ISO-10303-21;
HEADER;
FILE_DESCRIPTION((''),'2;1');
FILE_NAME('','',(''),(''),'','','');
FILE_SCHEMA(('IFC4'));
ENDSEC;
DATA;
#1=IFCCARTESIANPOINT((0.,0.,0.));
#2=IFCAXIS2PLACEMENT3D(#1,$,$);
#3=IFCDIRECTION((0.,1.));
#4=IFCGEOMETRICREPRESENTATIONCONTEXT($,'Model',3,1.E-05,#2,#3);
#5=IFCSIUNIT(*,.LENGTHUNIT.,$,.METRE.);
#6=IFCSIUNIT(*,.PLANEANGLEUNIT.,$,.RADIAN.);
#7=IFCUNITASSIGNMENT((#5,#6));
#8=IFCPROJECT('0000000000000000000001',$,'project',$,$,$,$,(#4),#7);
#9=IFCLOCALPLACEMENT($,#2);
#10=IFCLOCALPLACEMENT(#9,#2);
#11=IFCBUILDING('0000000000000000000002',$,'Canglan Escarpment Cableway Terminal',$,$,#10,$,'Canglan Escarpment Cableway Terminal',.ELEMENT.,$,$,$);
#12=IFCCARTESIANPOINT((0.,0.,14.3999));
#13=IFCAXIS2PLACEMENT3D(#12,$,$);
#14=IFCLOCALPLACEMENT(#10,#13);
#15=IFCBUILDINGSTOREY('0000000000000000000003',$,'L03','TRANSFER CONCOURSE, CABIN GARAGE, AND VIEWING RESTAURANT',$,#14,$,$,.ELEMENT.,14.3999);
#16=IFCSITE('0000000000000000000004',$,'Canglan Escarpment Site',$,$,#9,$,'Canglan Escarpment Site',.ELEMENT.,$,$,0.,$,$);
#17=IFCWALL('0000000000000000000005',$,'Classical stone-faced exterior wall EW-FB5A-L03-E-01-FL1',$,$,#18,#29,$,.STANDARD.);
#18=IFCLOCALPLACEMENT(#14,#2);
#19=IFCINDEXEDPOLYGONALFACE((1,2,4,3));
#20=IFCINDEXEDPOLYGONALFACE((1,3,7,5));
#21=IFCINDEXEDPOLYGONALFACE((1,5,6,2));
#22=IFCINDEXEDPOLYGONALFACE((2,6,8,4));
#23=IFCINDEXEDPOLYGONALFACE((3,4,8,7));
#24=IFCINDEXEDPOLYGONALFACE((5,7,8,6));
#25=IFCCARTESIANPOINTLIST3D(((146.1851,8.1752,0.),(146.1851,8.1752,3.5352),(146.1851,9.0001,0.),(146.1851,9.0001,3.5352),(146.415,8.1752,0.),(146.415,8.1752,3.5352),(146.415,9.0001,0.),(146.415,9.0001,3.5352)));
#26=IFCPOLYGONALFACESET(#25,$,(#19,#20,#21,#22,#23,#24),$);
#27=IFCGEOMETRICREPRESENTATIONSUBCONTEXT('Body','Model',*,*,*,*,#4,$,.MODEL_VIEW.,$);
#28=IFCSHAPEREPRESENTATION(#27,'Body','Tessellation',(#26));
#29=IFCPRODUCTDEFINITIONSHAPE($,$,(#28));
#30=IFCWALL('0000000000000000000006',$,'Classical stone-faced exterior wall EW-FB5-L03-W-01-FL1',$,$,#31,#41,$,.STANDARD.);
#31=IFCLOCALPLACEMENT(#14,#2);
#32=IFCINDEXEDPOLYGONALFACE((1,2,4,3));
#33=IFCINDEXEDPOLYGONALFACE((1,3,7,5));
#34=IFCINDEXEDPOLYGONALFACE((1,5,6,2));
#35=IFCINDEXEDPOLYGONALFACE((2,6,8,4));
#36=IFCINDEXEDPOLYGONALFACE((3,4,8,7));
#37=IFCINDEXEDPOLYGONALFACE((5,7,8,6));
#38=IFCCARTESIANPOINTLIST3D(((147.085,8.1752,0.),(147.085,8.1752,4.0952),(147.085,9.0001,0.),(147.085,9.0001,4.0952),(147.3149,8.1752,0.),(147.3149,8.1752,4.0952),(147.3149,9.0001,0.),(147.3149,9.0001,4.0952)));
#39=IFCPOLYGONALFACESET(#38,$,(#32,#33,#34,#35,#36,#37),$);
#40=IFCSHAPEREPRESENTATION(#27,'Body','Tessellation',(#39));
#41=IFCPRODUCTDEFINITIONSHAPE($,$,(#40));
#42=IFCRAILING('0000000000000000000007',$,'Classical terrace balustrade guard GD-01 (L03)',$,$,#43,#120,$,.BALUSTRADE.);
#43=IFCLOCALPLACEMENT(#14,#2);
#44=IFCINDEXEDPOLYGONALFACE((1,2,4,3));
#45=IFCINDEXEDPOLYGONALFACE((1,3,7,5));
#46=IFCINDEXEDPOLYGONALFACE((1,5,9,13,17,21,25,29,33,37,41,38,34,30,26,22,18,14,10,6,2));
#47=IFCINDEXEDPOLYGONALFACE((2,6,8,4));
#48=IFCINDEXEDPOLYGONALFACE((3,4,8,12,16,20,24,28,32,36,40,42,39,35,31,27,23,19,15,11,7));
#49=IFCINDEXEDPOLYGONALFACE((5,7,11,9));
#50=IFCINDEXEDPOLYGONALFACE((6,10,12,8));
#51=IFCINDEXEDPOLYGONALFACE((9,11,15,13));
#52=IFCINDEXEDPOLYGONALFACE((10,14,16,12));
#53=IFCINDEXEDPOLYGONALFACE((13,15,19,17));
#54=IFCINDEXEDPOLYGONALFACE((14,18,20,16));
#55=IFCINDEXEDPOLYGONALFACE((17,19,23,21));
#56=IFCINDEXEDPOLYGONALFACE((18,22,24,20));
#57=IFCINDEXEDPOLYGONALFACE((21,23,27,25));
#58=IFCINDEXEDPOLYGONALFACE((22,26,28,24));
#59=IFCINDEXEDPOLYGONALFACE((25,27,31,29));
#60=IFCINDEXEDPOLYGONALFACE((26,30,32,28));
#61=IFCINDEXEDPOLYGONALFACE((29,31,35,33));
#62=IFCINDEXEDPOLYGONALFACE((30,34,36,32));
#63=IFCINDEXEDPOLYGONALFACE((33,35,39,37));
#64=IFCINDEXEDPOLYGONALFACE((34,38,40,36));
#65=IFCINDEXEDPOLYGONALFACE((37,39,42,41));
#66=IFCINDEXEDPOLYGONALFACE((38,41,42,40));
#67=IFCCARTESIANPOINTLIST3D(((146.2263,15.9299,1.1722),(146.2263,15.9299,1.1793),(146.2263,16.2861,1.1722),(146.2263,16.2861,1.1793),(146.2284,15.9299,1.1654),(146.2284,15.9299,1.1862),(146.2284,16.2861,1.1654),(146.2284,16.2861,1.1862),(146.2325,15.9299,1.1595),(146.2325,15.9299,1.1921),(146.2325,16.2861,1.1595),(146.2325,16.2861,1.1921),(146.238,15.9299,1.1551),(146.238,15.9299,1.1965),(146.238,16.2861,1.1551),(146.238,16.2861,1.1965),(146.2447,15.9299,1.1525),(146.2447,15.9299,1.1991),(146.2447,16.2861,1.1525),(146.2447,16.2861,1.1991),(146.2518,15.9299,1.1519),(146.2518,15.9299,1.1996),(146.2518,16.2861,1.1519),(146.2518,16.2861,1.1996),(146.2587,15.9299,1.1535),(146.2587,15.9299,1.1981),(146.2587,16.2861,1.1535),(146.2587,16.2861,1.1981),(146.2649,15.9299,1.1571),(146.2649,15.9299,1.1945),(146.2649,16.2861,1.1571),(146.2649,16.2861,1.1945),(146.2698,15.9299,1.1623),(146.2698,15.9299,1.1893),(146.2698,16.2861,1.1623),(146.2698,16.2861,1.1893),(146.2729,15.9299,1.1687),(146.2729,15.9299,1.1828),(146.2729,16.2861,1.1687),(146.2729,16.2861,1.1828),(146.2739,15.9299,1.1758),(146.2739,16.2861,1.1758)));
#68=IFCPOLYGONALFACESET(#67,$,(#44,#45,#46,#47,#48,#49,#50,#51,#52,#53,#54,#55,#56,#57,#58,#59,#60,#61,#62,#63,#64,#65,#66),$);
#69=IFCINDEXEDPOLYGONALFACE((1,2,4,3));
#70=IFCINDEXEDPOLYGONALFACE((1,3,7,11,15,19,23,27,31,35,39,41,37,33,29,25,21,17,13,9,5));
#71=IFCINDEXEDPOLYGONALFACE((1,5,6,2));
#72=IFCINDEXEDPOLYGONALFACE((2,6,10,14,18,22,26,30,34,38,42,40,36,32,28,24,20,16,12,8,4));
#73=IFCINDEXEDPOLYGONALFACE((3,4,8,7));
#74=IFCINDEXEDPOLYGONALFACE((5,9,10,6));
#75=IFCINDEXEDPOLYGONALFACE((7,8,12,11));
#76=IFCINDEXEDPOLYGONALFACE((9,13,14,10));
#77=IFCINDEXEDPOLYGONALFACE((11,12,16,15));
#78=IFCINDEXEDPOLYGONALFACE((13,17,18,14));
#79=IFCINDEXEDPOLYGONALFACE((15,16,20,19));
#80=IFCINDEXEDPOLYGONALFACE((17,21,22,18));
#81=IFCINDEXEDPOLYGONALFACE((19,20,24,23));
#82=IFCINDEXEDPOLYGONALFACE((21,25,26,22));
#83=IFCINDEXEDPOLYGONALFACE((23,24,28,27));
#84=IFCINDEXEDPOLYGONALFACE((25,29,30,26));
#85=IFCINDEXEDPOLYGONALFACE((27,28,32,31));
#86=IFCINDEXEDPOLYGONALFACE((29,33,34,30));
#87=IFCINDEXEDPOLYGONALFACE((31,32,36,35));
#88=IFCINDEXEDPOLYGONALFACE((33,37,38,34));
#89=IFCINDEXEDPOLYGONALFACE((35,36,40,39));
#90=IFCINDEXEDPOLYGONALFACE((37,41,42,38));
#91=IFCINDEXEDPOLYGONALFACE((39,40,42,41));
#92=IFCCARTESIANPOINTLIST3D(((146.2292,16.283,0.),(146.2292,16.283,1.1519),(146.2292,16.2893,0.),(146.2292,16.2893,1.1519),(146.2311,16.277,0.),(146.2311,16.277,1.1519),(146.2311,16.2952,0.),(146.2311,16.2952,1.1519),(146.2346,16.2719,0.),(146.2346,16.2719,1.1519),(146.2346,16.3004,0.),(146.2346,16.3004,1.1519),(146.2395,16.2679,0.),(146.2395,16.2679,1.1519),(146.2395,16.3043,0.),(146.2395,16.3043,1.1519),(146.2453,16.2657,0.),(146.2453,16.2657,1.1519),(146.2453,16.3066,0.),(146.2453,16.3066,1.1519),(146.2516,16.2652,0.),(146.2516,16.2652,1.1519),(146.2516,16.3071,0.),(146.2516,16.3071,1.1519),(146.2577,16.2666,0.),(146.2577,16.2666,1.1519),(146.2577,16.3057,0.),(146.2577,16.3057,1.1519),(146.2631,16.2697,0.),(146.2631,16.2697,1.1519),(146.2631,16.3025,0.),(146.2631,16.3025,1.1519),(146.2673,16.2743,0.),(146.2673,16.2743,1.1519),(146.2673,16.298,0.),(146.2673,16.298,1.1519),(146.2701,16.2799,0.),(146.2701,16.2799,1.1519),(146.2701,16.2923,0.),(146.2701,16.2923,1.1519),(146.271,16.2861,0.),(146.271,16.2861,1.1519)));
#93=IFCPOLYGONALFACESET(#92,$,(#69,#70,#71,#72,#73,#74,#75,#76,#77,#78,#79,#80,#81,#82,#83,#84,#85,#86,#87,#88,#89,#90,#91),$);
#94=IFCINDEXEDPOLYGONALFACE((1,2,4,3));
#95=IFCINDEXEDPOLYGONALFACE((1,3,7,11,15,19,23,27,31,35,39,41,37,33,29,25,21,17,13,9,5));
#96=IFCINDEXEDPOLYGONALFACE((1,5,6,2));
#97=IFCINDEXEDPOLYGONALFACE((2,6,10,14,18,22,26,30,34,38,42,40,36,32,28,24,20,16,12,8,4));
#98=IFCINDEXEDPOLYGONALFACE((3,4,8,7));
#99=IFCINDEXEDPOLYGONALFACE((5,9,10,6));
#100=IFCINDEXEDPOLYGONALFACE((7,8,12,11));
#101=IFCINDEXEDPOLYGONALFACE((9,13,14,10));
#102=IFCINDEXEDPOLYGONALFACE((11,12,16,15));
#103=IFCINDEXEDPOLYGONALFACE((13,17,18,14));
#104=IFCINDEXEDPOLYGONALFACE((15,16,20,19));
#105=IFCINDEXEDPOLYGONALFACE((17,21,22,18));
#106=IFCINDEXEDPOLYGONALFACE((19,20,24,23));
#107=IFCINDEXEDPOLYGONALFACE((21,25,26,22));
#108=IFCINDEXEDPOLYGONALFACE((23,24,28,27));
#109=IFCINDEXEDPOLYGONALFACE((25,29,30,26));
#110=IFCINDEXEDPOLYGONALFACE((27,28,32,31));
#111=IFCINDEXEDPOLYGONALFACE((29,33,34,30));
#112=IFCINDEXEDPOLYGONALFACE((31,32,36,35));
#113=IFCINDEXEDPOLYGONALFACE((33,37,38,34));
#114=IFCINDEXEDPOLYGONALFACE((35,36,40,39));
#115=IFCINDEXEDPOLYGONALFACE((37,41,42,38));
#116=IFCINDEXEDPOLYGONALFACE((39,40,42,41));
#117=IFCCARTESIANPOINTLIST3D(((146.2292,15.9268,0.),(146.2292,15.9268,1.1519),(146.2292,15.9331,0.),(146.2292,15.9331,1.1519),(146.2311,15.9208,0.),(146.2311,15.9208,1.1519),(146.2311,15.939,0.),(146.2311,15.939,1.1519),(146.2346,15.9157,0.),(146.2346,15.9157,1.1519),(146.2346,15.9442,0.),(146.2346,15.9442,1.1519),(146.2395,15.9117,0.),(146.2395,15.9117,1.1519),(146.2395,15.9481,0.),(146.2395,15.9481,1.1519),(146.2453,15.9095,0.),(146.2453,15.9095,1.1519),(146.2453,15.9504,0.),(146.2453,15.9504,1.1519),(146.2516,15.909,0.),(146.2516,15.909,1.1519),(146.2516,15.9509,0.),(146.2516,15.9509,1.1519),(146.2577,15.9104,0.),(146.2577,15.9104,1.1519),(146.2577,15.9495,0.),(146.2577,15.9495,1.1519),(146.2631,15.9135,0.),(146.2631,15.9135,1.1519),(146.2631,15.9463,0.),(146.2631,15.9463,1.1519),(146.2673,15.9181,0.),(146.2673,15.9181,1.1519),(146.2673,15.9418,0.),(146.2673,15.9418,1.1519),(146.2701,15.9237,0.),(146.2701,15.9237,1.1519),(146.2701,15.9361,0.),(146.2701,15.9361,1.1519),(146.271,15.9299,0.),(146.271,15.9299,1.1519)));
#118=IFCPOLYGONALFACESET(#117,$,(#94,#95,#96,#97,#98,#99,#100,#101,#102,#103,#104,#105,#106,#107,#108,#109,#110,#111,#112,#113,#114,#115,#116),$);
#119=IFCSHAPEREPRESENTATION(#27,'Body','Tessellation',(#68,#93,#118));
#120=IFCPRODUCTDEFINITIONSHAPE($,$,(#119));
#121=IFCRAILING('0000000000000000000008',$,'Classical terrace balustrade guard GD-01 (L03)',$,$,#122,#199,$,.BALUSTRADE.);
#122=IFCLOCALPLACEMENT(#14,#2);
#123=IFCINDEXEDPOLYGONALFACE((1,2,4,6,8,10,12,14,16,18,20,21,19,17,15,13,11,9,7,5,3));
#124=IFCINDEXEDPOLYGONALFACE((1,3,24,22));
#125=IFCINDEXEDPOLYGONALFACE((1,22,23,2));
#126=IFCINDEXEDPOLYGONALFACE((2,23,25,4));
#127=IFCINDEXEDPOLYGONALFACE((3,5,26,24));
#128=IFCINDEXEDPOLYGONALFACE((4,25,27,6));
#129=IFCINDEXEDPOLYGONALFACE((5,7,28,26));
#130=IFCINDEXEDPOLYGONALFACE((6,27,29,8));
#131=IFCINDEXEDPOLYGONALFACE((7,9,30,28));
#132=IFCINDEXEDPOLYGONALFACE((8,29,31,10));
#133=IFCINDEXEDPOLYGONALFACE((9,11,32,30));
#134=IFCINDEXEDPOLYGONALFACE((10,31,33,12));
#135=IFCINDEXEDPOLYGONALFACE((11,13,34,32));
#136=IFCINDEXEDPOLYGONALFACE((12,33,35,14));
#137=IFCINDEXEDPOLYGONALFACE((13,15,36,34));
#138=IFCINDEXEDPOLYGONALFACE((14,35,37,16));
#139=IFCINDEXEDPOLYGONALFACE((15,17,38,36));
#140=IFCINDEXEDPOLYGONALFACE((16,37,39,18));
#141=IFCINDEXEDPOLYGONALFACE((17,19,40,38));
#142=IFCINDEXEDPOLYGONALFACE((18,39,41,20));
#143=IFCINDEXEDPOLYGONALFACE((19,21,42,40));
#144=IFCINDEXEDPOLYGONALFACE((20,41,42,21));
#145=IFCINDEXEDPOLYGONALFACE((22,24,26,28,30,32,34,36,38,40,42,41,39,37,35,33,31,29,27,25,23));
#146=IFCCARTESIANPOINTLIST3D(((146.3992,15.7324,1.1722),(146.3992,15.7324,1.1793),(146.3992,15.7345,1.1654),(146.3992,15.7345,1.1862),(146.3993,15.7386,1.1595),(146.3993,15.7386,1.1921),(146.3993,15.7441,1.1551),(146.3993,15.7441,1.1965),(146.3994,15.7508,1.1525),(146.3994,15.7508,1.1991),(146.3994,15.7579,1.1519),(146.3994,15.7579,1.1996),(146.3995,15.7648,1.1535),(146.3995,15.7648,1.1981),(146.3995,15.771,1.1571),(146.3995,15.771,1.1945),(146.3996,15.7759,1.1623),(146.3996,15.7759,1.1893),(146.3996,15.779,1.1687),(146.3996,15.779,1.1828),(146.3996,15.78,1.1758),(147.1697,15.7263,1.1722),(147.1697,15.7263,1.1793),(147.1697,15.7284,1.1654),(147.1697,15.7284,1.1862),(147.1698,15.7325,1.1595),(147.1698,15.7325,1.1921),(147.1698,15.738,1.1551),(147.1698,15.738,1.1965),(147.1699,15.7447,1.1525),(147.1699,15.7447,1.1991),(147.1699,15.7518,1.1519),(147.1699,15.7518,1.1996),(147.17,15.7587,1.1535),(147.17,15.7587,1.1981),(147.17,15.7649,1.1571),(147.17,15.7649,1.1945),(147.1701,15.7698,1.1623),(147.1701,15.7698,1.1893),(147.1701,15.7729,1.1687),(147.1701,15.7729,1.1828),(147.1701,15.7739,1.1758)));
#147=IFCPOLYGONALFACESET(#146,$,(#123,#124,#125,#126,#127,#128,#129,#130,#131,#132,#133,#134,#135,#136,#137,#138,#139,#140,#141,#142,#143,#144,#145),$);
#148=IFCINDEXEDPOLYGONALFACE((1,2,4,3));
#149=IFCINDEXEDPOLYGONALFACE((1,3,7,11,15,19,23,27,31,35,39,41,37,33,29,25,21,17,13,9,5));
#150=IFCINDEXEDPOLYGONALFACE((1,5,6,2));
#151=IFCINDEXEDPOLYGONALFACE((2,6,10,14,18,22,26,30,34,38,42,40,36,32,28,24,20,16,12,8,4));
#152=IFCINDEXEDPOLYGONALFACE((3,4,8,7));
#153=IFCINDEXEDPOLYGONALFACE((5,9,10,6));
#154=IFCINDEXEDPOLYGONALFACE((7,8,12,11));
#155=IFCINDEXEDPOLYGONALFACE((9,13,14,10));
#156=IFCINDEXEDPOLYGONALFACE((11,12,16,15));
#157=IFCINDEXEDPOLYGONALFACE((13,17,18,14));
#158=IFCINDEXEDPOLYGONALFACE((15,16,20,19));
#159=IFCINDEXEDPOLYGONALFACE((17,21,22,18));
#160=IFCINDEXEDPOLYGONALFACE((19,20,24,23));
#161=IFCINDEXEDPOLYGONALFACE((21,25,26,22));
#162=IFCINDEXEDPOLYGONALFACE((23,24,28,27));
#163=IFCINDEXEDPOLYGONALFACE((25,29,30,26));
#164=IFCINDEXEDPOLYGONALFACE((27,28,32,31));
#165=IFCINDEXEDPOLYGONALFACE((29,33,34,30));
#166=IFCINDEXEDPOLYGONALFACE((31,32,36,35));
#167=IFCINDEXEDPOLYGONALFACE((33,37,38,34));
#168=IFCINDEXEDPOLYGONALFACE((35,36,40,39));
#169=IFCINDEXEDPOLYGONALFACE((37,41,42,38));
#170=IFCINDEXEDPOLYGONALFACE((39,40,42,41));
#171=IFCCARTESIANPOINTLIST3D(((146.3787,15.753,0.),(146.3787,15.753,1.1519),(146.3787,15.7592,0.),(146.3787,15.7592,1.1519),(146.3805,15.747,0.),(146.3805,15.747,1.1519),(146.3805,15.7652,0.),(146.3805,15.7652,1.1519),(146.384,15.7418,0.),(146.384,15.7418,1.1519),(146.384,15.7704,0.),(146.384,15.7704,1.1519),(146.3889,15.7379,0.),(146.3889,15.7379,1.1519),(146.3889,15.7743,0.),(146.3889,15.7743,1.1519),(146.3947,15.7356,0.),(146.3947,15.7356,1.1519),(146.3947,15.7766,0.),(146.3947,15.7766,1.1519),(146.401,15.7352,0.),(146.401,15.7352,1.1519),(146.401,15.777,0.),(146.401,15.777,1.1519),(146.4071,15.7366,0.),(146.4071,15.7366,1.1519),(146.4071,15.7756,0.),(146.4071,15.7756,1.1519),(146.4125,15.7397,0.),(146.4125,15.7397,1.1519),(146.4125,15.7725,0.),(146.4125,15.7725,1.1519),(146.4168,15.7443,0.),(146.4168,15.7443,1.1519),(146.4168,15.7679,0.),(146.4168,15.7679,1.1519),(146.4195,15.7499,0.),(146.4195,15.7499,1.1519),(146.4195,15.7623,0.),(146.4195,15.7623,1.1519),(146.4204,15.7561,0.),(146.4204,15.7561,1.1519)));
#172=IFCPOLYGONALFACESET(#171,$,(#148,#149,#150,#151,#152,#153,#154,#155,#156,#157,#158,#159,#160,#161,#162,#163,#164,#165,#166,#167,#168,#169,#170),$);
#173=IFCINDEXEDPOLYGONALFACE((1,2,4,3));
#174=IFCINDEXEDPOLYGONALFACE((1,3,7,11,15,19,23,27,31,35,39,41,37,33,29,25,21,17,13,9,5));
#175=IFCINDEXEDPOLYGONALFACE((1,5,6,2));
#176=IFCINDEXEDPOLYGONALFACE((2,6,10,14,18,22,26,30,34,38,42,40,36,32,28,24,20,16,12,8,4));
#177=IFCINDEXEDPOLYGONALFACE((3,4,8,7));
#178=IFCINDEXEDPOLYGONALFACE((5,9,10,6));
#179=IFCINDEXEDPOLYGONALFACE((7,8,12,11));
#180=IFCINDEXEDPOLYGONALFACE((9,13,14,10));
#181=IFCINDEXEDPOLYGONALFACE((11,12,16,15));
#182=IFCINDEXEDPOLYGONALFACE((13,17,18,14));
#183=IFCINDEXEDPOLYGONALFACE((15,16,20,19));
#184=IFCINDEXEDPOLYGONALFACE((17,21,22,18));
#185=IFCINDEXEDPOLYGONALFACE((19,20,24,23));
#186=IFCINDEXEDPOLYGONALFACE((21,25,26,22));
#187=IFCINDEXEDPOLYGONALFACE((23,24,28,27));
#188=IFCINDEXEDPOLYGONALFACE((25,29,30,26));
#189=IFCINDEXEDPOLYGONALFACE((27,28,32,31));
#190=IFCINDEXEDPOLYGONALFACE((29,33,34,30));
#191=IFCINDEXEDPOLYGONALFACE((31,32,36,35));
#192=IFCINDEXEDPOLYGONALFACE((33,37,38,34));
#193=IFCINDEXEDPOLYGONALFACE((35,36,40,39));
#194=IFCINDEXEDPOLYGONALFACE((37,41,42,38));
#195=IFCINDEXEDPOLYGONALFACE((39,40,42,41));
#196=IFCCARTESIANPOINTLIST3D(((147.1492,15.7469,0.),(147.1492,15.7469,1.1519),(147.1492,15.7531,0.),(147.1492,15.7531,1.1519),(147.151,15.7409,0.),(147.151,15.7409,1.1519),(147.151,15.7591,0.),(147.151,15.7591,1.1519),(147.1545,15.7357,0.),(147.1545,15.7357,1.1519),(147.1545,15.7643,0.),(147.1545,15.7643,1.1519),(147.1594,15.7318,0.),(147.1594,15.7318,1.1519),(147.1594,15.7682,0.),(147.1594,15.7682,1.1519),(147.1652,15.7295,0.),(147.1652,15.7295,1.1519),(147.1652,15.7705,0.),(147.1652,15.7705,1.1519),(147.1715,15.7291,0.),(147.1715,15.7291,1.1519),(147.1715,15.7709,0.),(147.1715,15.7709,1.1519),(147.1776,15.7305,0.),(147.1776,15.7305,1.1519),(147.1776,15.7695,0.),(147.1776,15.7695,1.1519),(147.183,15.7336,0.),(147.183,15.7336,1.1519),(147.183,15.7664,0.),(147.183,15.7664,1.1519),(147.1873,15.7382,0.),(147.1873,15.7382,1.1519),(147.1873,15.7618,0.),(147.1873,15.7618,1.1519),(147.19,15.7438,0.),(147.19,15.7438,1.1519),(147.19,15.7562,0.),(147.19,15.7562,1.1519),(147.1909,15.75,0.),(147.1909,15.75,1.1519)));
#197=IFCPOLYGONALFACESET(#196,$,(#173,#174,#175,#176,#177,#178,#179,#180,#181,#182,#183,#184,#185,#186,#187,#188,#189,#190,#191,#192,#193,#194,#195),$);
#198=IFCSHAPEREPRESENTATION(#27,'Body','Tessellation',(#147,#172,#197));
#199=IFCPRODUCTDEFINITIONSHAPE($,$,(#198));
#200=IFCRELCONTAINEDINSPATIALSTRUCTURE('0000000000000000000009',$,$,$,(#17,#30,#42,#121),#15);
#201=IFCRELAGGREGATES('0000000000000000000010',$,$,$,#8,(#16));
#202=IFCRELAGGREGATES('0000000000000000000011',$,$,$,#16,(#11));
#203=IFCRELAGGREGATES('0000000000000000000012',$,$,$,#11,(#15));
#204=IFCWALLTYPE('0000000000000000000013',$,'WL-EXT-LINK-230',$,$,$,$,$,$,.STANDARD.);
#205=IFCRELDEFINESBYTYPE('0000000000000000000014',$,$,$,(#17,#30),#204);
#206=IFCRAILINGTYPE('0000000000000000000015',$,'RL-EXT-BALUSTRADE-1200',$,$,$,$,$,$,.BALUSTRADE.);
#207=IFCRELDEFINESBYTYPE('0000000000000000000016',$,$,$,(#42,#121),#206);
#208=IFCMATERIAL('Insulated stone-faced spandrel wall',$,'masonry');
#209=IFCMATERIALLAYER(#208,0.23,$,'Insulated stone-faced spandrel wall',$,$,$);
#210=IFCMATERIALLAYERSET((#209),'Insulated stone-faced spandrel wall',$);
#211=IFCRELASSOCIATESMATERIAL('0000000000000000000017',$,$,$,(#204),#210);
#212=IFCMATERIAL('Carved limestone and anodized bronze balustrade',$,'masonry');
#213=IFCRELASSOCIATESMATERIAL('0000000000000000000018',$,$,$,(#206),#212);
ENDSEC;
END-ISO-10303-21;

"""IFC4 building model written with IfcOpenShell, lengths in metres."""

from ifc_helpers import new_model, si_unit, direction, frame, frame_2d, origin, origin_2d, place, context, subcontext, project, spatial, rectangle, circle, extrude, material, layer, layer_set, type_object, element, save


model = new_model("IFC4")

# Units and contexts
model_context = context("Model", 3, precision=1e-05, world=origin(), true_north=direction((0.0, 1.0)))
body_context = subcontext(model_context, "Body", "Model", "MODEL_VIEW")
ifc_project = project(units=[si_unit("LENGTHUNIT", "METRE"), si_unit("PLANEANGLEUNIT", "RADIAN")], contexts=[model_context])

# Site, building, storey
site_placement = place(None, origin())
site = spatial("IfcSite", under=ifc_project, at=site_placement, Name="Canglan Escarpment Site", LongName="Canglan Escarpment Site", CompositionType="ELEMENT", RefElevation=0.0)
building_placement = place(site_placement, origin())
building = spatial("IfcBuilding", under=site, at=building_placement, Name="Canglan Escarpment Cableway Terminal", LongName="Canglan Escarpment Cableway Terminal", CompositionType="ELEMENT")
storey_placement = place(building_placement, frame((0.0, 0.0, 14.3999)))
storey = spatial("IfcBuildingStorey", under=building, at=storey_placement, Name="L03", Description="TRANSFER CONCOURSE, CABIN GARAGE, AND VIEWING RESTAURANT", CompositionType="ELEMENT", Elevation=14.3999)

# Walls
ifc_material_1 = material(Name="Insulated stone-faced spandrel wall", Category="masonry")
ifc_layer_1 = layer(ifc_material_1, 0.23, Name="Insulated stone-faced spandrel wall")
ifc_layer_set_1 = layer_set([ifc_layer_1], Name="Insulated stone-faced spandrel wall")
wall_type_1 = type_object("IfcWallType", Name="WL-EXT-LINK-230", PredefinedType="STANDARD", material=ifc_layer_set_1)
wall_1_placement = place(storey_placement, frame((146.3, 8.175, 0.0), z_axis=(0.0, 0.0, 1.0), x_axis=(0.0, 1.0, 0.0)))
element("IfcWall", 1, at=wall_1_placement, inside=storey, type_object=wall_type_1, Name="Classical stone-faced exterior wall EW-FB5A-L03-E-01-FL1", PredefinedType="STANDARD", context=body_context, shape_type="SweptSolid", body=[
    extrude(rectangle(XDim=0.825, YDim=0.23, at=frame_2d((0.4126, 0.0))), origin(), (0.0, 0.0, 1.0), 3.5352),
])
wall_2_placement = place(storey_placement, frame((147.2, 8.175, 0.0), z_axis=(0.0, 0.0, 1.0), x_axis=(0.0, 1.0, 0.0)))
element("IfcWall", 2, at=wall_2_placement, inside=storey, type_object=wall_type_1, Name="Classical stone-faced exterior wall EW-FB5-L03-W-01-FL1", PredefinedType="STANDARD", context=body_context, shape_type="SweptSolid", body=[
    extrude(rectangle(XDim=0.825, YDim=0.23, at=frame_2d((0.4126, 0.0))), origin(), (0.0, 0.0, 1.0), 4.0952),
])

# Railings
ifc_material_2 = material(Name="Carved limestone and anodized bronze balustrade", Category="masonry")
railing_type = type_object("IfcRailingType", Name="RL-EXT-BALUSTRADE-1200", PredefinedType="BALUSTRADE", material=ifc_material_2)
railing_1_placement = place(storey_placement, frame((146.25, 16.2861, 0.0)))
element("IfcRailing", 3, at=railing_1_placement, inside=storey, type_object=railing_type, Name="Classical terrace balustrade guard GD-01 (L03)", PredefinedType="BALUSTRADE", context=body_context, shape_type="SweptSolid", body=[
    extrude(circle(Radius=0.0239, at=origin_2d()), frame((0.0, 0.0, 1.1758), z_axis=(0.0, -1.0, 0.0), x_axis=(1.0, 0.0, 0.0)), (0.0, 0.0, 1.0), 0.3562),
    extrude(circle(Radius=0.021, at=origin_2d()), origin(), (0.0, 0.0, 1.0), 1.1519),
    extrude(circle(Radius=0.021, at=origin_2d()), frame((0.0, -0.3562, 0.0)), (0.0, 0.0, 1.0), 1.1519),
])
railing_2_placement = place(storey_placement, frame((146.3994, 15.7561, 0.0)))
element("IfcRailing", 4, at=railing_2_placement, inside=storey, type_object=railing_type, Name="Classical terrace balustrade guard GD-01 (L03)", PredefinedType="BALUSTRADE", context=body_context, shape_type="SweptSolid", body=[
    extrude(circle(Radius=0.0239, at=origin_2d()), frame((0.0, 0.0, 1.1758), z_axis=(0.999969, -0.007921, 0.0), x_axis=(0.007921, 0.999969, 0.0)), (0.0, 0.0, 1.0), 0.7705),
    extrude(circle(Radius=0.021, at=origin_2d()), origin(), (0.0, 0.0, 1.0), 1.1519),
    extrude(circle(Radius=0.021, at=origin_2d()), frame((0.7705, -0.0061, 0.0)), (0.0, 0.0, 1.0), 1.1519),
])

save(model, "model.ifc")
